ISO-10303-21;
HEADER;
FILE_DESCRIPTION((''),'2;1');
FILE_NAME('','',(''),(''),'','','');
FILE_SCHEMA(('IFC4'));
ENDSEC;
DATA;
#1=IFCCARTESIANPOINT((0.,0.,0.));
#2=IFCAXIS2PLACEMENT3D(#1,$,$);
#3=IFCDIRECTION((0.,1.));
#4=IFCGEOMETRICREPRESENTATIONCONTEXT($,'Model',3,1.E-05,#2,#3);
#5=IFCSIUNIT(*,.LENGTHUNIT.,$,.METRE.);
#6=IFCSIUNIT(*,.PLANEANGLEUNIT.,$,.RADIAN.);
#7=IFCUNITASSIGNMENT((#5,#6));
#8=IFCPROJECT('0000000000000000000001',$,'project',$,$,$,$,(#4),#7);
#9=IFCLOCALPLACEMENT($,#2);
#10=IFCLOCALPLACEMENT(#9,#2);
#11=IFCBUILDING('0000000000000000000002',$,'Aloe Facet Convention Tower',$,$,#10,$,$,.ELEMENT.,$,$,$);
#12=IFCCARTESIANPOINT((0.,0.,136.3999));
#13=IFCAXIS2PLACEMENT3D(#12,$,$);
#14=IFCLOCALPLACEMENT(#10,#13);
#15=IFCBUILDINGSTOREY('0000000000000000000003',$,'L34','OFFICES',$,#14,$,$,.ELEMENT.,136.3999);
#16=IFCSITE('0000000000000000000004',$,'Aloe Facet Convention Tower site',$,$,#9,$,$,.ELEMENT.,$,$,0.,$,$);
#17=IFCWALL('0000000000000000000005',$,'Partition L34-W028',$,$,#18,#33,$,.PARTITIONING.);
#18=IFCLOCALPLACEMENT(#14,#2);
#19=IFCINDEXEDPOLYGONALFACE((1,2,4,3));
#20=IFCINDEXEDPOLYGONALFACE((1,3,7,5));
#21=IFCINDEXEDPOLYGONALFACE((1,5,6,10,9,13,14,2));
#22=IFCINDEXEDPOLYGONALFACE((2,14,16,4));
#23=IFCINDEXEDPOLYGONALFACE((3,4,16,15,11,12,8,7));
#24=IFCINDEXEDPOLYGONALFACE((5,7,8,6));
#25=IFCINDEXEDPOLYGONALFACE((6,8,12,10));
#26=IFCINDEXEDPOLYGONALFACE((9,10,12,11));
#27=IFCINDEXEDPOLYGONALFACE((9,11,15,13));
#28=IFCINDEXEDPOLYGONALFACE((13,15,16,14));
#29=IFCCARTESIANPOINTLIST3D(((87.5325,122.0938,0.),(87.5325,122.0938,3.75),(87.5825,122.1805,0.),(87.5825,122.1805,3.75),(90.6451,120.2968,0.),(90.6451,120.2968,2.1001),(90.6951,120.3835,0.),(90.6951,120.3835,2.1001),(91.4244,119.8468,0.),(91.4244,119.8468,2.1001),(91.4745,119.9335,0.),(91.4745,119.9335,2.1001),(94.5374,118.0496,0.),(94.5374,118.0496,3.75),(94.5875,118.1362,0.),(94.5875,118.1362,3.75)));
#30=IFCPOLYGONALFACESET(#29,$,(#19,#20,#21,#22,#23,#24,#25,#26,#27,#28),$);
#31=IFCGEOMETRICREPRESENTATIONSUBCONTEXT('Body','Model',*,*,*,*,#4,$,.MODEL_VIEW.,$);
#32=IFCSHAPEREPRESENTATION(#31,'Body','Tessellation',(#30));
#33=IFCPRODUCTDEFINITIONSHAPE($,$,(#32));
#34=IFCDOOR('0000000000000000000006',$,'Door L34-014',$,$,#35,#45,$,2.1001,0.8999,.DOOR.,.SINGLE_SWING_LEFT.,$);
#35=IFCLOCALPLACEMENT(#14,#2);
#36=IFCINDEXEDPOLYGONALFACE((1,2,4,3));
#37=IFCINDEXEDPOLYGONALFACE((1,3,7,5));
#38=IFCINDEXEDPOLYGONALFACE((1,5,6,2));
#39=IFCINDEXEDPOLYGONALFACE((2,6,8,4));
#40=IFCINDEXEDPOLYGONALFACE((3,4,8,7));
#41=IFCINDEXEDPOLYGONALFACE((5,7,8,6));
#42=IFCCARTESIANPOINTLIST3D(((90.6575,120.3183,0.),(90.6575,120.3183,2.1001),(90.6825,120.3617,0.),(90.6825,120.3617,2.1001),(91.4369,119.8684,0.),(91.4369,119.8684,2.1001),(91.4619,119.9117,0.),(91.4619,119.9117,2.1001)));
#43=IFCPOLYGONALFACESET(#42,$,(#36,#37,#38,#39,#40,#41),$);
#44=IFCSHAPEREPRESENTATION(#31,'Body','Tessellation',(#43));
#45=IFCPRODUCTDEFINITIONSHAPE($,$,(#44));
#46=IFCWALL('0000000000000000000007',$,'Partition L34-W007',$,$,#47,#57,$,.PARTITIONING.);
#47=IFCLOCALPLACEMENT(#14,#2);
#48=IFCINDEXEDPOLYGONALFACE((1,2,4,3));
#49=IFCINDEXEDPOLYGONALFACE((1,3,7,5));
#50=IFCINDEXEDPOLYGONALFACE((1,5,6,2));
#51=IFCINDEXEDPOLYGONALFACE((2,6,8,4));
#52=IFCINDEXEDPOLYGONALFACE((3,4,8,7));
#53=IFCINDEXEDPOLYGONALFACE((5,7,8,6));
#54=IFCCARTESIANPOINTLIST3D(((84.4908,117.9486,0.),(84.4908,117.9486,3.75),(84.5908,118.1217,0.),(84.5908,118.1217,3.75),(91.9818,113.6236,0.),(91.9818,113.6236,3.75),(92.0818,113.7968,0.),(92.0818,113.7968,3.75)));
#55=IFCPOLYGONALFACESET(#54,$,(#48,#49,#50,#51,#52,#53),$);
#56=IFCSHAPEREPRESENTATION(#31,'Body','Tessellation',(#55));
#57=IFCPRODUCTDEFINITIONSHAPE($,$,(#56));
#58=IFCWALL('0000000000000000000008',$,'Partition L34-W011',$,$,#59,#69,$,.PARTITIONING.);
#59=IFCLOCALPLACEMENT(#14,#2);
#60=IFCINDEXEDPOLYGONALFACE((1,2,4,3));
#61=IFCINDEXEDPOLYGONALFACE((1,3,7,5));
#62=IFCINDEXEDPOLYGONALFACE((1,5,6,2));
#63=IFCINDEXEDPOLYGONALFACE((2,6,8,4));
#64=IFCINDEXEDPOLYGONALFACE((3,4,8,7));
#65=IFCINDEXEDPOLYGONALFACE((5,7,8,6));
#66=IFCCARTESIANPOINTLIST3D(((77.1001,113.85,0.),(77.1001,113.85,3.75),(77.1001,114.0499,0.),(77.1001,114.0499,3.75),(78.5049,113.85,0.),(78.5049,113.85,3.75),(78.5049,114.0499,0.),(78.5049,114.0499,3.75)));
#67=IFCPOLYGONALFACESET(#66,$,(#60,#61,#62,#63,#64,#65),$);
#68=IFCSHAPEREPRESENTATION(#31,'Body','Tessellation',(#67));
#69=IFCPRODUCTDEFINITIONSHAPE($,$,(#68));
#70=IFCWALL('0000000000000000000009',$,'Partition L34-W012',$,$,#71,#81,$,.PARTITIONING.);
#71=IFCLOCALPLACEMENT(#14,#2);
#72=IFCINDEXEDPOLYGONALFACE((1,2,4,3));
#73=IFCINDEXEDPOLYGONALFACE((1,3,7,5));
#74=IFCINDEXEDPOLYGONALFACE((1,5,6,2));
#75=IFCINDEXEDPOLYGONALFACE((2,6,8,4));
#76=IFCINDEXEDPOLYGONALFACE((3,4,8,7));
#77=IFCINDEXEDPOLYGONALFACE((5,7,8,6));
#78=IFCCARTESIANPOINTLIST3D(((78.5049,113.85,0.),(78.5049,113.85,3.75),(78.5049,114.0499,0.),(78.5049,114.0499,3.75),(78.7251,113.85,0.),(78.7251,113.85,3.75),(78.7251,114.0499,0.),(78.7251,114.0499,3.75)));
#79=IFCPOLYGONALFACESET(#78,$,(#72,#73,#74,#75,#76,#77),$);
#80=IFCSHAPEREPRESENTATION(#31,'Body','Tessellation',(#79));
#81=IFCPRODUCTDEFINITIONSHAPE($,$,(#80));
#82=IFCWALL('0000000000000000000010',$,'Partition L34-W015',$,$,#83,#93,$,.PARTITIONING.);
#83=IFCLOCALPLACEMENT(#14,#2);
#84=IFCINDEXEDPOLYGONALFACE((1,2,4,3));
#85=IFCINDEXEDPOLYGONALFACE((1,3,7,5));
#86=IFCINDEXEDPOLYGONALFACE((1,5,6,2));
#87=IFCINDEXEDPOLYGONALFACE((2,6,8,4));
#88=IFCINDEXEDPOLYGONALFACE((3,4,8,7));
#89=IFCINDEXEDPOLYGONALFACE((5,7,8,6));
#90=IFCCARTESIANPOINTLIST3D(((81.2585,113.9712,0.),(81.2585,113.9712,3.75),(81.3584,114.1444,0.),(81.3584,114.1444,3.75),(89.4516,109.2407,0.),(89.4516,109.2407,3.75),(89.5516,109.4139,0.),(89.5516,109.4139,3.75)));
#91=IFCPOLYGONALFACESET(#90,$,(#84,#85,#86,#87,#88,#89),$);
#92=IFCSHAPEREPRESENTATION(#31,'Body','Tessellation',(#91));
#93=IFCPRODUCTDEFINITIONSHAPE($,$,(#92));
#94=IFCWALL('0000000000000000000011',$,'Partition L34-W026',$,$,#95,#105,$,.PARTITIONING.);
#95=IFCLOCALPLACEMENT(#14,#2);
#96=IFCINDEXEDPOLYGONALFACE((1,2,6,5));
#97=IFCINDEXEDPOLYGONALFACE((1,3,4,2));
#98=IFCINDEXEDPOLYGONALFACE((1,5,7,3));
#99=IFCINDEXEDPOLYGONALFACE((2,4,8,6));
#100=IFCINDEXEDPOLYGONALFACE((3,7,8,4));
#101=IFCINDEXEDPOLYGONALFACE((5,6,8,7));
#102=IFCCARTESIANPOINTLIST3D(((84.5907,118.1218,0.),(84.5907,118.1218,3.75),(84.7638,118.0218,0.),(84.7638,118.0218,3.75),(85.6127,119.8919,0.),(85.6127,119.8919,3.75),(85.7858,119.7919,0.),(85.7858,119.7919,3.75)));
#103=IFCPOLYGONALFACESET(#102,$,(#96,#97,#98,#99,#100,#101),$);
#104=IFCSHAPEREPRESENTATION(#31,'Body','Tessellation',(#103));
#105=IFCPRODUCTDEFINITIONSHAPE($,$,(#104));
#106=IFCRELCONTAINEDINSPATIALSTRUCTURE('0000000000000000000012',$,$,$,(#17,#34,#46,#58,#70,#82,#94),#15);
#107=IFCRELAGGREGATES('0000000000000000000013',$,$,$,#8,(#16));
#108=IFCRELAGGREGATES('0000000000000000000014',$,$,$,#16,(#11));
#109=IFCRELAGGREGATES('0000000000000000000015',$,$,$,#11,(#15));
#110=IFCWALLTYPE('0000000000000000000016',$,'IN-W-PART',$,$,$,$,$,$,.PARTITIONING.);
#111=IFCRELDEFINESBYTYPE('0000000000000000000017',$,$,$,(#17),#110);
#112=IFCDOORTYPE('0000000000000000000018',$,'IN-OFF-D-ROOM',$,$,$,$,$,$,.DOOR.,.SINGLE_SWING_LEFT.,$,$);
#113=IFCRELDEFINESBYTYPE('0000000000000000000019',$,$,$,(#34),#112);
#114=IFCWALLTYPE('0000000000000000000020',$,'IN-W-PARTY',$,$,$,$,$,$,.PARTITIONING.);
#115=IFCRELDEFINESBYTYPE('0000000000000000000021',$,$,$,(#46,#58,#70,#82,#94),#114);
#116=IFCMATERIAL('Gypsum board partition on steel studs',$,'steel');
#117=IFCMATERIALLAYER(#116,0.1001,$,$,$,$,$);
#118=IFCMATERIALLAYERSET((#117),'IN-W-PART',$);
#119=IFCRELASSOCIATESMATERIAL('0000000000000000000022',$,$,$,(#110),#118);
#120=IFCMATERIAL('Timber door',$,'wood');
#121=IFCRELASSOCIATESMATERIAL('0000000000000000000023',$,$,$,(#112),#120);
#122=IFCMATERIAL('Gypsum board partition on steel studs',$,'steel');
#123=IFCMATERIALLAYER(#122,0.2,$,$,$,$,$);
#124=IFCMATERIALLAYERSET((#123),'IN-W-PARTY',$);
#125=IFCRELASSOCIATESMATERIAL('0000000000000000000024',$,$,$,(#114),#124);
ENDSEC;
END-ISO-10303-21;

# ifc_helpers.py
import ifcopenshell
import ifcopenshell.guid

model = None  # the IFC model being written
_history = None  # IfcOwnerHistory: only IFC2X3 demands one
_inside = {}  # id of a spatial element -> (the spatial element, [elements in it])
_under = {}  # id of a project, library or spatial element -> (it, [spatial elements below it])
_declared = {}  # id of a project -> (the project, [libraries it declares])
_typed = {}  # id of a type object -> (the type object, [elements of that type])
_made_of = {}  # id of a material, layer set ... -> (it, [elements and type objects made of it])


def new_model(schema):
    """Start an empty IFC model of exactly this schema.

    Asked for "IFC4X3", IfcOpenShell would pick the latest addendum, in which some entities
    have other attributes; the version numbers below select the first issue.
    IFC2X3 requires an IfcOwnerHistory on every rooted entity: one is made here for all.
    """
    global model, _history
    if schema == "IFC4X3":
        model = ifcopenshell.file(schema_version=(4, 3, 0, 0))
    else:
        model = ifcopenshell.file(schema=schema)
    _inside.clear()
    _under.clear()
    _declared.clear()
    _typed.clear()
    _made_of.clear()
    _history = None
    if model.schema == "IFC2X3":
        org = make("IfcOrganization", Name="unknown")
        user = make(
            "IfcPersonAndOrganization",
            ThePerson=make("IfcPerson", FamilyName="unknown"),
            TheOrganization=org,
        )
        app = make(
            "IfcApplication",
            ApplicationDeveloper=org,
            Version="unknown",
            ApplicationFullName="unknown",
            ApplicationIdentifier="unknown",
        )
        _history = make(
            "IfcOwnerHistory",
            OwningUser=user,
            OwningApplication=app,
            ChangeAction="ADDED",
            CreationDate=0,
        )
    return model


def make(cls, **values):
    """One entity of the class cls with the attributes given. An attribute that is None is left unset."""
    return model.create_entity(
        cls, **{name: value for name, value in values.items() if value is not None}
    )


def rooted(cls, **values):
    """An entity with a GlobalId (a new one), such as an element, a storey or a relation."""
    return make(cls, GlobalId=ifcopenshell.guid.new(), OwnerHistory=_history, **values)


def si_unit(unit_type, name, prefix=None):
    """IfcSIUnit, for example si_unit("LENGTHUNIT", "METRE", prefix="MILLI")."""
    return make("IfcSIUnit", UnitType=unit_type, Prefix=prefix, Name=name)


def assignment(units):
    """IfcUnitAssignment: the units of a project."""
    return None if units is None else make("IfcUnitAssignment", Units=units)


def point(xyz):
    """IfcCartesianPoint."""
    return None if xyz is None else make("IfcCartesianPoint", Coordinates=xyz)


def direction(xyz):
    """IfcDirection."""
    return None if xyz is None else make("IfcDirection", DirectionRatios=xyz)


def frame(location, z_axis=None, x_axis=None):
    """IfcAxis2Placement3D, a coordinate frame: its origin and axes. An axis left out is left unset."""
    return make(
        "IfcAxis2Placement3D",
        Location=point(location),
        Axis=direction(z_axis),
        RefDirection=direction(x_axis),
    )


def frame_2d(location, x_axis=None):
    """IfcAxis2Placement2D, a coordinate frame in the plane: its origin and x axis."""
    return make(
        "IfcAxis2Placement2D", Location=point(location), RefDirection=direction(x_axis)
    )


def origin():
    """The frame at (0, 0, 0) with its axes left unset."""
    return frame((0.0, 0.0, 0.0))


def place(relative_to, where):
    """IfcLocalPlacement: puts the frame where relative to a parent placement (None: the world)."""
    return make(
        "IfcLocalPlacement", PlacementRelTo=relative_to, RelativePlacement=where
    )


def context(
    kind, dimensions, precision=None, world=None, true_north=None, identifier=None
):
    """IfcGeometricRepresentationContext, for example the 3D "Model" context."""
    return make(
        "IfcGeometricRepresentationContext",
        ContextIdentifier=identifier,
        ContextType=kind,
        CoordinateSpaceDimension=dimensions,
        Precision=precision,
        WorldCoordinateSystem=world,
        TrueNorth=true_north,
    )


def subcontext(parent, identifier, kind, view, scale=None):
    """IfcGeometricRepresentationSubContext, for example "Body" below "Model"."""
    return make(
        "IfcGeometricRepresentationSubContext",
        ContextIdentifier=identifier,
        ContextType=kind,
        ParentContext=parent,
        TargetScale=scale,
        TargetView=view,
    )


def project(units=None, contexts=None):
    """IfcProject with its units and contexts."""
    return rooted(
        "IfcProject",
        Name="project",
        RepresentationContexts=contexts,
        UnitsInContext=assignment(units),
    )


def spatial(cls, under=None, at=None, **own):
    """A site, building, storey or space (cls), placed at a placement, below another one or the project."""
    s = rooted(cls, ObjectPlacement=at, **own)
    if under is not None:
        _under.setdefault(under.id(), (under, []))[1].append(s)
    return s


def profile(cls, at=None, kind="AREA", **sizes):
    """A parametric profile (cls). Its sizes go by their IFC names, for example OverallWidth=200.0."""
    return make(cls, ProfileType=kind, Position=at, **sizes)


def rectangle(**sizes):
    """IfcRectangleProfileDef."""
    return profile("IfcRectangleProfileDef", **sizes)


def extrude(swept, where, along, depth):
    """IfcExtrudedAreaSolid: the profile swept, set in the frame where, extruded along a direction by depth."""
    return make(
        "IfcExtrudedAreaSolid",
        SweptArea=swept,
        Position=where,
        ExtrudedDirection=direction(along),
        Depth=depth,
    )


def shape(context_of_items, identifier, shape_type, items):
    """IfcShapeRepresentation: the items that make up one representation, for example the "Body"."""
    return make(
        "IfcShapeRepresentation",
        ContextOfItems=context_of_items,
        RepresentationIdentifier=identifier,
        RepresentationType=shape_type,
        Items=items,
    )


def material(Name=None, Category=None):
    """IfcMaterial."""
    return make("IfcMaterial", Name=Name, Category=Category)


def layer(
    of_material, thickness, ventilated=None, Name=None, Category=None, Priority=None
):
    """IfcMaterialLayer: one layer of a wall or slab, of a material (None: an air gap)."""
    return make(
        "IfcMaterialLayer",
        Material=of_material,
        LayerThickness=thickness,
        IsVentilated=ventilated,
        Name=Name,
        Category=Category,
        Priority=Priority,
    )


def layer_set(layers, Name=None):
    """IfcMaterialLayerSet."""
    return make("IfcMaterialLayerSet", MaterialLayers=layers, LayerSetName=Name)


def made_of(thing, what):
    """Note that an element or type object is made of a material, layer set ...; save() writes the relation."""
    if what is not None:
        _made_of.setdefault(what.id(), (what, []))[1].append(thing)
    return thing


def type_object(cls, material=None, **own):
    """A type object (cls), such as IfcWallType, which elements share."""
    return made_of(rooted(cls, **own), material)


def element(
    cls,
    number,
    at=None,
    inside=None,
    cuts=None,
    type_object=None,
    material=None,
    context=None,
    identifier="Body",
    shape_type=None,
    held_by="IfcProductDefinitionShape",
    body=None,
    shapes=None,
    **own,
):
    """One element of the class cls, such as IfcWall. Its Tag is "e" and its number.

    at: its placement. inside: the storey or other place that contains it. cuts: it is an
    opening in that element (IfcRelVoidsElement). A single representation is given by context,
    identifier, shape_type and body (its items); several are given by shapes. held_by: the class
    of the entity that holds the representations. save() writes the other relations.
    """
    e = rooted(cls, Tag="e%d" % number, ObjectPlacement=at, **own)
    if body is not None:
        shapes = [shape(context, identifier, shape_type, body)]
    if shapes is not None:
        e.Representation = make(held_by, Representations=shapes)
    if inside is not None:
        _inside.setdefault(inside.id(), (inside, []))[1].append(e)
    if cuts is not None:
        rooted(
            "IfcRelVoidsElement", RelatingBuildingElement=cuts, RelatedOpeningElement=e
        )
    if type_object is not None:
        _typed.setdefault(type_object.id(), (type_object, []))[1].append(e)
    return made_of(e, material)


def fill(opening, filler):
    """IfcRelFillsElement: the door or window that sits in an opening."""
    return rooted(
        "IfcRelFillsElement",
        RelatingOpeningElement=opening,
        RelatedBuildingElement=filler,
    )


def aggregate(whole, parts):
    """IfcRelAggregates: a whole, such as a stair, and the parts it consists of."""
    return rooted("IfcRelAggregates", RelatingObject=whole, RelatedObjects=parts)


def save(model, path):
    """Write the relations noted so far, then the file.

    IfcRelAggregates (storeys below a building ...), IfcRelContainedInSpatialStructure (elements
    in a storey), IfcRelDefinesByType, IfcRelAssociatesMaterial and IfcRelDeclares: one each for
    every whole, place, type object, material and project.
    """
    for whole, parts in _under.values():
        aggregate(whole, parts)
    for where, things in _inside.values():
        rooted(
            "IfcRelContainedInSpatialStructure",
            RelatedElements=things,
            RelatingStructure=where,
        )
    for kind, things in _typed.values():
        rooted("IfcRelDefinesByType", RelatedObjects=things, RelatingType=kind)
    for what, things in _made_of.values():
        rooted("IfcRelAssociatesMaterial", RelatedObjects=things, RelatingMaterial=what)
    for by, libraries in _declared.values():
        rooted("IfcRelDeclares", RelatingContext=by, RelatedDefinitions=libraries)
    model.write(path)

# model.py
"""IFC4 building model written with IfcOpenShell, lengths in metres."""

from ifc_helpers import new_model, si_unit, direction, frame, frame_2d, origin, place, context, subcontext, project, spatial, rectangle, extrude, material, layer, layer_set, type_object, element, fill, save


model = new_model("IFC4")

# Units and contexts
model_context = context("Model", 3, precision=1e-05, world=origin(), true_north=direction((0.0, 1.0)))
body_context = subcontext(model_context, "Body", "Model", "MODEL_VIEW")
ifc_project = project(units=[si_unit("LENGTHUNIT", "METRE"), si_unit("PLANEANGLEUNIT", "RADIAN")], contexts=[model_context])

# Site, building, storey
site_placement = place(None, origin())
site = spatial("IfcSite", under=ifc_project, at=site_placement, Name="Aloe Facet Convention Tower site", CompositionType="ELEMENT", RefElevation=0.0)
building_placement = place(site_placement, origin())
building = spatial("IfcBuilding", under=site, at=building_placement, Name="Aloe Facet Convention Tower", CompositionType="ELEMENT")
storey_placement = place(building_placement, frame((0.0, 0.0, 136.3999)))
storey = spatial("IfcBuildingStorey", under=building, at=storey_placement, Name="L34", Description="OFFICES", CompositionType="ELEMENT", Elevation=136.3999)

# Shared definitions
ifc_material_1 = material(Name="Gypsum board partition on steel studs", Category="steel")
ifc_layer_1 = layer(ifc_material_1, 0.1001)
ifc_layer_set_1 = layer_set([ifc_layer_1], Name="IN-W-PART")
wall_type_1 = type_object("IfcWallType", Name="IN-W-PART", PredefinedType="PARTITIONING", material=ifc_layer_set_1)

# Wall, opening, door
ifc_material_2 = material(Name="Timber door", Category="wood")
door_type_1 = type_object("IfcDoorType", Name="IN-OFF-D-ROOM", OperationType="SINGLE_SWING_LEFT", PredefinedType="DOOR", material=ifc_material_2)
wall_1_placement = place(storey_placement, frame((87.5574, 122.1372, 0.0), z_axis=(0.0, 0.0, 1.0), x_axis=(0.86603, -0.499992, 0.0)))
wall_1 = element("IfcWall", 1, at=wall_1_placement, inside=storey, type_object=wall_type_1, Name="Partition L34-W028", PredefinedType="PARTITIONING", context=body_context, shape_type="SweptSolid", body=[
    extrude(rectangle(XDim=8.0886, YDim=0.1001, at=frame_2d((4.0444, 0.0))), origin(), (0.0, 0.0, 1.0), 3.75),
])
opening_1_placement = place(wall_1_placement, frame((3.5942, 0.0, 0.0)))
opening_1 = element("IfcOpeningElement", 2, at=opening_1_placement, cuts=wall_1, PredefinedType="OPENING", context=body_context, shape_type="SweptSolid", body=[
    extrude(rectangle(XDim=0.8999, YDim=2.1001, at=frame_2d((0.45, 1.05))), frame((0.0, 0.0601, 0.0), z_axis=(0.0, -1.0, 0.0), x_axis=(1.0, 0.0, 0.0)), (0.0, 0.0, 1.0), 0.1201),
])
door_1_placement = place(opening_1_placement, origin())
door_1 = element("IfcDoor", 3, at=door_1_placement, inside=storey, type_object=door_type_1, Name="Door L34-014", OperationType="SINGLE_SWING_LEFT", OverallHeight=2.1001, OverallWidth=0.8999, PredefinedType="DOOR", context=body_context, shape_type="SweptSolid", body=[
    extrude(rectangle(XDim=0.8999, YDim=2.1001, at=frame_2d((0.45, 1.05))), frame((0.0, 0.0249, 0.0), z_axis=(0.0, -1.0, 0.0), x_axis=(1.0, 0.0, 0.0)), (0.0, 0.0, 1.0), 0.05),
])
fill(opening_1, door_1)

# Walls
ifc_material_3 = material(Name="Gypsum board partition on steel studs", Category="steel")
ifc_layer_2 = layer(ifc_material_3, 0.2)
ifc_layer_set_2 = layer_set([ifc_layer_2], Name="IN-W-PARTY")
wall_type_2 = type_object("IfcWallType", Name="IN-W-PARTY", PredefinedType="PARTITIONING", material=ifc_layer_set_2)
wall_2_placement = place(storey_placement, frame((84.5408, 118.0352, 0.0), z_axis=(0.0, 0.0, 1.0), x_axis=(0.866023, -0.500003, 0.0)))
element("IfcWall", 4, at=wall_2_placement, inside=storey, type_object=wall_type_2, Name="Partition L34-W007", PredefinedType="PARTITIONING", context=body_context, shape_type="SweptSolid", body=[
    extrude(rectangle(XDim=8.6499, YDim=0.2, at=frame_2d((4.325, 0.0))), origin(), (0.0, 0.0, 1.0), 3.75),
])
wall_3_placement = place(storey_placement, frame((77.1001, 113.95, 0.0), z_axis=(0.0, 0.0, 1.0), x_axis=(1.0, 0.0, 0.0)))
element("IfcWall", 5, at=wall_3_placement, inside=storey, type_object=wall_type_2, Name="Partition L34-W011", PredefinedType="PARTITIONING", context=body_context, shape_type="SweptSolid", body=[
    extrude(rectangle(XDim=1.4048, YDim=0.2, at=frame_2d((0.7024, 0.0))), origin(), (0.0, 0.0, 1.0), 3.75),
])
wall_4_placement = place(storey_placement, frame((78.5049, 113.95, 0.0), z_axis=(0.0, 0.0, 1.0), x_axis=(1.0, 0.0, 0.0)))
element("IfcWall", 6, at=wall_4_placement, inside=storey, type_object=wall_type_2, Name="Partition L34-W012", PredefinedType="PARTITIONING", context=body_context, shape_type="SweptSolid", body=[
    extrude(rectangle(XDim=0.2202, YDim=0.2, at=frame_2d((0.1101, 0.0))), origin(), (0.0, 0.0, 1.0), 3.75),
])
wall_5_placement = place(storey_placement, frame((81.3083, 114.0579, 0.0), z_axis=(0.0, 0.0, 1.0), x_axis=(0.866018, -0.500014, 0.0)))
element("IfcWall", 7, at=wall_5_placement, inside=storey, type_object=wall_type_2, Name="Partition L34-W015", PredefinedType="PARTITIONING", context=body_context, shape_type="SweptSolid", body=[
    extrude(rectangle(XDim=9.4607, YDim=0.2, at=frame_2d((4.7305, 0.0))), origin(), (0.0, 0.0, 1.0), 3.75),
])
wall_6_placement = place(storey_placement, frame((84.6772, 118.0718, 0.0), z_axis=(0.0, 0.0, 1.0), x_axis=(0.500019, 0.866015, 0.0)))
element("IfcWall", 8, at=wall_6_placement, inside=storey, type_object=wall_type_2, Name="Partition L34-W026", PredefinedType="PARTITIONING", context=body_context, shape_type="SweptSolid", body=[
    extrude(rectangle(XDim=2.0439, YDim=0.2, at=frame_2d((1.022, 0.0))), origin(), (0.0, 0.0, 1.0), 3.75),
])

save(model, "model.ifc")
